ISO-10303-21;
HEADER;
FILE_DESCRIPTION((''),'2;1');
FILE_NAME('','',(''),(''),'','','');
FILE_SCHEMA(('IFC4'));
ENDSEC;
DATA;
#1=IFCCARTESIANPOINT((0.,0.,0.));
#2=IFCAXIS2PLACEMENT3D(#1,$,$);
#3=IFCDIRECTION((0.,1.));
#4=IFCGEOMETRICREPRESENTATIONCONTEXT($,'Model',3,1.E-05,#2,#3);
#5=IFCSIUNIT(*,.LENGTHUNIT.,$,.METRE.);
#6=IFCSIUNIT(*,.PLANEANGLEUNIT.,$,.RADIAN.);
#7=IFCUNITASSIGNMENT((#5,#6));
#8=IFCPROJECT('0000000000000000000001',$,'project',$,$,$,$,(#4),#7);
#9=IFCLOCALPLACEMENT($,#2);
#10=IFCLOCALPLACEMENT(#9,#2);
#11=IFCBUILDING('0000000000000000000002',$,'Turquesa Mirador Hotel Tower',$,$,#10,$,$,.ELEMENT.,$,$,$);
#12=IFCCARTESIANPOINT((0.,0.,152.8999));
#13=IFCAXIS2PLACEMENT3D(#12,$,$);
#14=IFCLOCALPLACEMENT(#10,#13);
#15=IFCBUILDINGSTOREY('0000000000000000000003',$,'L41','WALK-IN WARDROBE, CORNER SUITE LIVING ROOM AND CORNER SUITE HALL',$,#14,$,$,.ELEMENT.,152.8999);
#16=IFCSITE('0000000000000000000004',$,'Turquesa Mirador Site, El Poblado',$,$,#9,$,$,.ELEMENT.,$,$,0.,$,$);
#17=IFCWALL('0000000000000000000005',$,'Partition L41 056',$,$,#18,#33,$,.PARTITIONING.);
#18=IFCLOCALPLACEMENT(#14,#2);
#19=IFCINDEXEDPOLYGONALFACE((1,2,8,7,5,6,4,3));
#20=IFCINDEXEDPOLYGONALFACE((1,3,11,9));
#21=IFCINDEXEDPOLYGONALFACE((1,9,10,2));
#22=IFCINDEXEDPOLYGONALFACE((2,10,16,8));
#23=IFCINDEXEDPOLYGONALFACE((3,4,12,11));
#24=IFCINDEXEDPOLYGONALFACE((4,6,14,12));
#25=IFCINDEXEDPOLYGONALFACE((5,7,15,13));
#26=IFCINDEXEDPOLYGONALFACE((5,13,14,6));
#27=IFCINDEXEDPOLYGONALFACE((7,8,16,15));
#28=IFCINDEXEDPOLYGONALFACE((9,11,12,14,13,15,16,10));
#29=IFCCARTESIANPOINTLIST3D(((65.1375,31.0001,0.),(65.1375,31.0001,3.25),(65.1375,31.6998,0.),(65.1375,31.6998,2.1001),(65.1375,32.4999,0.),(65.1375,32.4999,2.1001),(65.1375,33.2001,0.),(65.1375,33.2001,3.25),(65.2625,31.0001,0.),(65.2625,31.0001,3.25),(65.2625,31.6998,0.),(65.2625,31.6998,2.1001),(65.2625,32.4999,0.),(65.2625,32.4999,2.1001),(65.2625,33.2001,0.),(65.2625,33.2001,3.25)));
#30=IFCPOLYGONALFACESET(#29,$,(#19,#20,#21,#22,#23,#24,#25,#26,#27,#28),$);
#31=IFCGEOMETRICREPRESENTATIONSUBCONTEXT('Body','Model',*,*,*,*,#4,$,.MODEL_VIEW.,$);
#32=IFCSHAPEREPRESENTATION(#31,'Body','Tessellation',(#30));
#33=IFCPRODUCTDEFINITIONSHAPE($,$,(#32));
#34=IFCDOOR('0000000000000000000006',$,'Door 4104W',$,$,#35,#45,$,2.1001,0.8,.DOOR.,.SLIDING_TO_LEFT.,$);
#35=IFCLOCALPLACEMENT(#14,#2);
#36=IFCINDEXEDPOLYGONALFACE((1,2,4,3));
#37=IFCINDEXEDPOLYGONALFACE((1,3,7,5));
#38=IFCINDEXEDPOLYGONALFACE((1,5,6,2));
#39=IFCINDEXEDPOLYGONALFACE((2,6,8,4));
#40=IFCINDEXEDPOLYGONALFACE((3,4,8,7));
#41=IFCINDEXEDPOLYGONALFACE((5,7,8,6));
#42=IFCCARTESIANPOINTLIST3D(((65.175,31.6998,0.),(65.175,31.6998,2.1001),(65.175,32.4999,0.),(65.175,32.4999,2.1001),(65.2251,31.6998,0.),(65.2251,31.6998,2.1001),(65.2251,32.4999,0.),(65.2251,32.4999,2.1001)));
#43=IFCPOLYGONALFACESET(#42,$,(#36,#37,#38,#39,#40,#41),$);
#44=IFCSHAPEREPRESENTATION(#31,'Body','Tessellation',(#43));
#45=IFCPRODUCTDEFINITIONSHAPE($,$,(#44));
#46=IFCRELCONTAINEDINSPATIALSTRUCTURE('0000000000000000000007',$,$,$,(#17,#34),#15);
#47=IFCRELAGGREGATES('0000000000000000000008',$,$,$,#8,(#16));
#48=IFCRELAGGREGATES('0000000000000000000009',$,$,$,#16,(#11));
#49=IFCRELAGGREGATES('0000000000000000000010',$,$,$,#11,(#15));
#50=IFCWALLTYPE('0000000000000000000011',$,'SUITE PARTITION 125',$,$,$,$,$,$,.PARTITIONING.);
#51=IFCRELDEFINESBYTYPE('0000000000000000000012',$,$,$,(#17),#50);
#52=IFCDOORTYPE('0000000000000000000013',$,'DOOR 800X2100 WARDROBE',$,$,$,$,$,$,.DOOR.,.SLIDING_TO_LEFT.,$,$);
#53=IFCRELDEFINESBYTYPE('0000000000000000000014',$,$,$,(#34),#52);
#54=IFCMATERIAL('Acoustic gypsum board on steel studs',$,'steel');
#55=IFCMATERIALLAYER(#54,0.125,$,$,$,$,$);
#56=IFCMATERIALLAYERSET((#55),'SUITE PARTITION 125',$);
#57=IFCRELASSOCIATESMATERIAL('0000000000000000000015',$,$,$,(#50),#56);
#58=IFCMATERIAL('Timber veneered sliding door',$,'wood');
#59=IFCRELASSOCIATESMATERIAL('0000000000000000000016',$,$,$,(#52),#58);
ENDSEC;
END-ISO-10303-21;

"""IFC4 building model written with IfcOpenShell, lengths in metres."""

from ifc_helpers import new_model, si_unit, direction, frame, frame_2d, origin, place, context, subcontext, project, spatial, rectangle, extrude, material, layer, layer_set, type_object, element, fill, save


model = new_model("IFC4")

# Units and contexts
model_context = context("Model", 3, precision=1e-05, world=origin(), true_north=direction((0.0, 1.0)))
body_context = subcontext(model_context, "Body", "Model", "MODEL_VIEW")
ifc_project = project(units=[si_unit("LENGTHUNIT", "METRE"), si_unit("PLANEANGLEUNIT", "RADIAN")], contexts=[model_context])

# Site, building, storey
site_placement = place(None, origin())
site = spatial("IfcSite", under=ifc_project, at=site_placement, Name="Turquesa Mirador Site, El Poblado", CompositionType="ELEMENT", RefElevation=0.0)
building_placement = place(site_placement, origin())
building = spatial("IfcBuilding", under=site, at=building_placement, Name="Turquesa Mirador Hotel Tower", CompositionType="ELEMENT")
storey_placement = place(building_placement, frame((0.0, 0.0, 152.8999)))
storey = spatial("IfcBuildingStorey", under=building, at=storey_placement, Name="L41", Description="WALK-IN WARDROBE, CORNER SUITE LIVING ROOM AND CORNER SUITE HALL", CompositionType="ELEMENT", Elevation=152.8999)

# Wall, opening, door
ifc_material_1 = material(Name="Acoustic gypsum board on steel studs", Category="steel")
ifc_layer_1 = layer(ifc_material_1, 0.125)
ifc_layer_set_1 = layer_set([ifc_layer_1], Name="SUITE PARTITION 125")
wall_type_1 = type_object("IfcWallType", Name="SUITE PARTITION 125", PredefinedType="PARTITIONING", material=ifc_layer_set_1)
wall_1_placement = place(storey_placement, frame((65.2, 31.0, 0.0), z_axis=(0.0, 0.0, 1.0), x_axis=(0.0, 1.0, 0.0)))
wall_1 = element("IfcWall", 1, at=wall_1_placement, inside=storey, type_object=wall_type_1, Name="Partition L41 056", PredefinedType="PARTITIONING", context=body_context, shape_type="SweptSolid", body=[
    extrude(rectangle(XDim=2.2, YDim=0.125, at=frame_2d((1.1001, 0.0))), origin(), (0.0, 0.0, 1.0), 3.25),
])
opening_1_placement = place(wall_1_placement, frame((0.7, 0.0, 0.0)))
opening_1 = element("IfcOpeningElement", 2, at=opening_1_placement, cuts=wall_1, PredefinedType="OPENING", context=body_context, shape_type="SweptSolid", body=[
    extrude(rectangle(XDim=0.8, YDim=2.1001, at=frame_2d((0.3999, 1.05))), frame((0.0, 0.0725, 0.0), z_axis=(0.0, -1.0, 0.0), x_axis=(1.0, 0.0, 0.0)), (0.0, 0.0, 1.0), 0.145),
])
ifc_material_2 = material(Name="Timber veneered sliding door", Category="wood")
door_type_1 = type_object("IfcDoorType", Name="DOOR 800X2100 WARDROBE", OperationType="SLIDING_TO_LEFT", PredefinedType="DOOR", material=ifc_material_2)
door_1_placement = place(opening_1_placement, origin())
door_1 = element("IfcDoor", 3, at=door_1_placement, inside=storey, type_object=door_type_1, Name="Door 4104W", OperationType="SLIDING_TO_LEFT", OverallHeight=2.1001, OverallWidth=0.8, PredefinedType="DOOR", context=body_context, shape_type="SweptSolid", body=[
    extrude(rectangle(XDim=0.8, YDim=2.1001, at=frame_2d((0.3999, 1.05))), frame((0.0, 0.0249, 0.0), z_axis=(0.0, -1.0, 0.0), x_axis=(1.0, 0.0, 0.0)), (0.0, 0.0, 1.0), 0.05),
])
fill(opening_1, door_1)

save(model, "model.ifc")
